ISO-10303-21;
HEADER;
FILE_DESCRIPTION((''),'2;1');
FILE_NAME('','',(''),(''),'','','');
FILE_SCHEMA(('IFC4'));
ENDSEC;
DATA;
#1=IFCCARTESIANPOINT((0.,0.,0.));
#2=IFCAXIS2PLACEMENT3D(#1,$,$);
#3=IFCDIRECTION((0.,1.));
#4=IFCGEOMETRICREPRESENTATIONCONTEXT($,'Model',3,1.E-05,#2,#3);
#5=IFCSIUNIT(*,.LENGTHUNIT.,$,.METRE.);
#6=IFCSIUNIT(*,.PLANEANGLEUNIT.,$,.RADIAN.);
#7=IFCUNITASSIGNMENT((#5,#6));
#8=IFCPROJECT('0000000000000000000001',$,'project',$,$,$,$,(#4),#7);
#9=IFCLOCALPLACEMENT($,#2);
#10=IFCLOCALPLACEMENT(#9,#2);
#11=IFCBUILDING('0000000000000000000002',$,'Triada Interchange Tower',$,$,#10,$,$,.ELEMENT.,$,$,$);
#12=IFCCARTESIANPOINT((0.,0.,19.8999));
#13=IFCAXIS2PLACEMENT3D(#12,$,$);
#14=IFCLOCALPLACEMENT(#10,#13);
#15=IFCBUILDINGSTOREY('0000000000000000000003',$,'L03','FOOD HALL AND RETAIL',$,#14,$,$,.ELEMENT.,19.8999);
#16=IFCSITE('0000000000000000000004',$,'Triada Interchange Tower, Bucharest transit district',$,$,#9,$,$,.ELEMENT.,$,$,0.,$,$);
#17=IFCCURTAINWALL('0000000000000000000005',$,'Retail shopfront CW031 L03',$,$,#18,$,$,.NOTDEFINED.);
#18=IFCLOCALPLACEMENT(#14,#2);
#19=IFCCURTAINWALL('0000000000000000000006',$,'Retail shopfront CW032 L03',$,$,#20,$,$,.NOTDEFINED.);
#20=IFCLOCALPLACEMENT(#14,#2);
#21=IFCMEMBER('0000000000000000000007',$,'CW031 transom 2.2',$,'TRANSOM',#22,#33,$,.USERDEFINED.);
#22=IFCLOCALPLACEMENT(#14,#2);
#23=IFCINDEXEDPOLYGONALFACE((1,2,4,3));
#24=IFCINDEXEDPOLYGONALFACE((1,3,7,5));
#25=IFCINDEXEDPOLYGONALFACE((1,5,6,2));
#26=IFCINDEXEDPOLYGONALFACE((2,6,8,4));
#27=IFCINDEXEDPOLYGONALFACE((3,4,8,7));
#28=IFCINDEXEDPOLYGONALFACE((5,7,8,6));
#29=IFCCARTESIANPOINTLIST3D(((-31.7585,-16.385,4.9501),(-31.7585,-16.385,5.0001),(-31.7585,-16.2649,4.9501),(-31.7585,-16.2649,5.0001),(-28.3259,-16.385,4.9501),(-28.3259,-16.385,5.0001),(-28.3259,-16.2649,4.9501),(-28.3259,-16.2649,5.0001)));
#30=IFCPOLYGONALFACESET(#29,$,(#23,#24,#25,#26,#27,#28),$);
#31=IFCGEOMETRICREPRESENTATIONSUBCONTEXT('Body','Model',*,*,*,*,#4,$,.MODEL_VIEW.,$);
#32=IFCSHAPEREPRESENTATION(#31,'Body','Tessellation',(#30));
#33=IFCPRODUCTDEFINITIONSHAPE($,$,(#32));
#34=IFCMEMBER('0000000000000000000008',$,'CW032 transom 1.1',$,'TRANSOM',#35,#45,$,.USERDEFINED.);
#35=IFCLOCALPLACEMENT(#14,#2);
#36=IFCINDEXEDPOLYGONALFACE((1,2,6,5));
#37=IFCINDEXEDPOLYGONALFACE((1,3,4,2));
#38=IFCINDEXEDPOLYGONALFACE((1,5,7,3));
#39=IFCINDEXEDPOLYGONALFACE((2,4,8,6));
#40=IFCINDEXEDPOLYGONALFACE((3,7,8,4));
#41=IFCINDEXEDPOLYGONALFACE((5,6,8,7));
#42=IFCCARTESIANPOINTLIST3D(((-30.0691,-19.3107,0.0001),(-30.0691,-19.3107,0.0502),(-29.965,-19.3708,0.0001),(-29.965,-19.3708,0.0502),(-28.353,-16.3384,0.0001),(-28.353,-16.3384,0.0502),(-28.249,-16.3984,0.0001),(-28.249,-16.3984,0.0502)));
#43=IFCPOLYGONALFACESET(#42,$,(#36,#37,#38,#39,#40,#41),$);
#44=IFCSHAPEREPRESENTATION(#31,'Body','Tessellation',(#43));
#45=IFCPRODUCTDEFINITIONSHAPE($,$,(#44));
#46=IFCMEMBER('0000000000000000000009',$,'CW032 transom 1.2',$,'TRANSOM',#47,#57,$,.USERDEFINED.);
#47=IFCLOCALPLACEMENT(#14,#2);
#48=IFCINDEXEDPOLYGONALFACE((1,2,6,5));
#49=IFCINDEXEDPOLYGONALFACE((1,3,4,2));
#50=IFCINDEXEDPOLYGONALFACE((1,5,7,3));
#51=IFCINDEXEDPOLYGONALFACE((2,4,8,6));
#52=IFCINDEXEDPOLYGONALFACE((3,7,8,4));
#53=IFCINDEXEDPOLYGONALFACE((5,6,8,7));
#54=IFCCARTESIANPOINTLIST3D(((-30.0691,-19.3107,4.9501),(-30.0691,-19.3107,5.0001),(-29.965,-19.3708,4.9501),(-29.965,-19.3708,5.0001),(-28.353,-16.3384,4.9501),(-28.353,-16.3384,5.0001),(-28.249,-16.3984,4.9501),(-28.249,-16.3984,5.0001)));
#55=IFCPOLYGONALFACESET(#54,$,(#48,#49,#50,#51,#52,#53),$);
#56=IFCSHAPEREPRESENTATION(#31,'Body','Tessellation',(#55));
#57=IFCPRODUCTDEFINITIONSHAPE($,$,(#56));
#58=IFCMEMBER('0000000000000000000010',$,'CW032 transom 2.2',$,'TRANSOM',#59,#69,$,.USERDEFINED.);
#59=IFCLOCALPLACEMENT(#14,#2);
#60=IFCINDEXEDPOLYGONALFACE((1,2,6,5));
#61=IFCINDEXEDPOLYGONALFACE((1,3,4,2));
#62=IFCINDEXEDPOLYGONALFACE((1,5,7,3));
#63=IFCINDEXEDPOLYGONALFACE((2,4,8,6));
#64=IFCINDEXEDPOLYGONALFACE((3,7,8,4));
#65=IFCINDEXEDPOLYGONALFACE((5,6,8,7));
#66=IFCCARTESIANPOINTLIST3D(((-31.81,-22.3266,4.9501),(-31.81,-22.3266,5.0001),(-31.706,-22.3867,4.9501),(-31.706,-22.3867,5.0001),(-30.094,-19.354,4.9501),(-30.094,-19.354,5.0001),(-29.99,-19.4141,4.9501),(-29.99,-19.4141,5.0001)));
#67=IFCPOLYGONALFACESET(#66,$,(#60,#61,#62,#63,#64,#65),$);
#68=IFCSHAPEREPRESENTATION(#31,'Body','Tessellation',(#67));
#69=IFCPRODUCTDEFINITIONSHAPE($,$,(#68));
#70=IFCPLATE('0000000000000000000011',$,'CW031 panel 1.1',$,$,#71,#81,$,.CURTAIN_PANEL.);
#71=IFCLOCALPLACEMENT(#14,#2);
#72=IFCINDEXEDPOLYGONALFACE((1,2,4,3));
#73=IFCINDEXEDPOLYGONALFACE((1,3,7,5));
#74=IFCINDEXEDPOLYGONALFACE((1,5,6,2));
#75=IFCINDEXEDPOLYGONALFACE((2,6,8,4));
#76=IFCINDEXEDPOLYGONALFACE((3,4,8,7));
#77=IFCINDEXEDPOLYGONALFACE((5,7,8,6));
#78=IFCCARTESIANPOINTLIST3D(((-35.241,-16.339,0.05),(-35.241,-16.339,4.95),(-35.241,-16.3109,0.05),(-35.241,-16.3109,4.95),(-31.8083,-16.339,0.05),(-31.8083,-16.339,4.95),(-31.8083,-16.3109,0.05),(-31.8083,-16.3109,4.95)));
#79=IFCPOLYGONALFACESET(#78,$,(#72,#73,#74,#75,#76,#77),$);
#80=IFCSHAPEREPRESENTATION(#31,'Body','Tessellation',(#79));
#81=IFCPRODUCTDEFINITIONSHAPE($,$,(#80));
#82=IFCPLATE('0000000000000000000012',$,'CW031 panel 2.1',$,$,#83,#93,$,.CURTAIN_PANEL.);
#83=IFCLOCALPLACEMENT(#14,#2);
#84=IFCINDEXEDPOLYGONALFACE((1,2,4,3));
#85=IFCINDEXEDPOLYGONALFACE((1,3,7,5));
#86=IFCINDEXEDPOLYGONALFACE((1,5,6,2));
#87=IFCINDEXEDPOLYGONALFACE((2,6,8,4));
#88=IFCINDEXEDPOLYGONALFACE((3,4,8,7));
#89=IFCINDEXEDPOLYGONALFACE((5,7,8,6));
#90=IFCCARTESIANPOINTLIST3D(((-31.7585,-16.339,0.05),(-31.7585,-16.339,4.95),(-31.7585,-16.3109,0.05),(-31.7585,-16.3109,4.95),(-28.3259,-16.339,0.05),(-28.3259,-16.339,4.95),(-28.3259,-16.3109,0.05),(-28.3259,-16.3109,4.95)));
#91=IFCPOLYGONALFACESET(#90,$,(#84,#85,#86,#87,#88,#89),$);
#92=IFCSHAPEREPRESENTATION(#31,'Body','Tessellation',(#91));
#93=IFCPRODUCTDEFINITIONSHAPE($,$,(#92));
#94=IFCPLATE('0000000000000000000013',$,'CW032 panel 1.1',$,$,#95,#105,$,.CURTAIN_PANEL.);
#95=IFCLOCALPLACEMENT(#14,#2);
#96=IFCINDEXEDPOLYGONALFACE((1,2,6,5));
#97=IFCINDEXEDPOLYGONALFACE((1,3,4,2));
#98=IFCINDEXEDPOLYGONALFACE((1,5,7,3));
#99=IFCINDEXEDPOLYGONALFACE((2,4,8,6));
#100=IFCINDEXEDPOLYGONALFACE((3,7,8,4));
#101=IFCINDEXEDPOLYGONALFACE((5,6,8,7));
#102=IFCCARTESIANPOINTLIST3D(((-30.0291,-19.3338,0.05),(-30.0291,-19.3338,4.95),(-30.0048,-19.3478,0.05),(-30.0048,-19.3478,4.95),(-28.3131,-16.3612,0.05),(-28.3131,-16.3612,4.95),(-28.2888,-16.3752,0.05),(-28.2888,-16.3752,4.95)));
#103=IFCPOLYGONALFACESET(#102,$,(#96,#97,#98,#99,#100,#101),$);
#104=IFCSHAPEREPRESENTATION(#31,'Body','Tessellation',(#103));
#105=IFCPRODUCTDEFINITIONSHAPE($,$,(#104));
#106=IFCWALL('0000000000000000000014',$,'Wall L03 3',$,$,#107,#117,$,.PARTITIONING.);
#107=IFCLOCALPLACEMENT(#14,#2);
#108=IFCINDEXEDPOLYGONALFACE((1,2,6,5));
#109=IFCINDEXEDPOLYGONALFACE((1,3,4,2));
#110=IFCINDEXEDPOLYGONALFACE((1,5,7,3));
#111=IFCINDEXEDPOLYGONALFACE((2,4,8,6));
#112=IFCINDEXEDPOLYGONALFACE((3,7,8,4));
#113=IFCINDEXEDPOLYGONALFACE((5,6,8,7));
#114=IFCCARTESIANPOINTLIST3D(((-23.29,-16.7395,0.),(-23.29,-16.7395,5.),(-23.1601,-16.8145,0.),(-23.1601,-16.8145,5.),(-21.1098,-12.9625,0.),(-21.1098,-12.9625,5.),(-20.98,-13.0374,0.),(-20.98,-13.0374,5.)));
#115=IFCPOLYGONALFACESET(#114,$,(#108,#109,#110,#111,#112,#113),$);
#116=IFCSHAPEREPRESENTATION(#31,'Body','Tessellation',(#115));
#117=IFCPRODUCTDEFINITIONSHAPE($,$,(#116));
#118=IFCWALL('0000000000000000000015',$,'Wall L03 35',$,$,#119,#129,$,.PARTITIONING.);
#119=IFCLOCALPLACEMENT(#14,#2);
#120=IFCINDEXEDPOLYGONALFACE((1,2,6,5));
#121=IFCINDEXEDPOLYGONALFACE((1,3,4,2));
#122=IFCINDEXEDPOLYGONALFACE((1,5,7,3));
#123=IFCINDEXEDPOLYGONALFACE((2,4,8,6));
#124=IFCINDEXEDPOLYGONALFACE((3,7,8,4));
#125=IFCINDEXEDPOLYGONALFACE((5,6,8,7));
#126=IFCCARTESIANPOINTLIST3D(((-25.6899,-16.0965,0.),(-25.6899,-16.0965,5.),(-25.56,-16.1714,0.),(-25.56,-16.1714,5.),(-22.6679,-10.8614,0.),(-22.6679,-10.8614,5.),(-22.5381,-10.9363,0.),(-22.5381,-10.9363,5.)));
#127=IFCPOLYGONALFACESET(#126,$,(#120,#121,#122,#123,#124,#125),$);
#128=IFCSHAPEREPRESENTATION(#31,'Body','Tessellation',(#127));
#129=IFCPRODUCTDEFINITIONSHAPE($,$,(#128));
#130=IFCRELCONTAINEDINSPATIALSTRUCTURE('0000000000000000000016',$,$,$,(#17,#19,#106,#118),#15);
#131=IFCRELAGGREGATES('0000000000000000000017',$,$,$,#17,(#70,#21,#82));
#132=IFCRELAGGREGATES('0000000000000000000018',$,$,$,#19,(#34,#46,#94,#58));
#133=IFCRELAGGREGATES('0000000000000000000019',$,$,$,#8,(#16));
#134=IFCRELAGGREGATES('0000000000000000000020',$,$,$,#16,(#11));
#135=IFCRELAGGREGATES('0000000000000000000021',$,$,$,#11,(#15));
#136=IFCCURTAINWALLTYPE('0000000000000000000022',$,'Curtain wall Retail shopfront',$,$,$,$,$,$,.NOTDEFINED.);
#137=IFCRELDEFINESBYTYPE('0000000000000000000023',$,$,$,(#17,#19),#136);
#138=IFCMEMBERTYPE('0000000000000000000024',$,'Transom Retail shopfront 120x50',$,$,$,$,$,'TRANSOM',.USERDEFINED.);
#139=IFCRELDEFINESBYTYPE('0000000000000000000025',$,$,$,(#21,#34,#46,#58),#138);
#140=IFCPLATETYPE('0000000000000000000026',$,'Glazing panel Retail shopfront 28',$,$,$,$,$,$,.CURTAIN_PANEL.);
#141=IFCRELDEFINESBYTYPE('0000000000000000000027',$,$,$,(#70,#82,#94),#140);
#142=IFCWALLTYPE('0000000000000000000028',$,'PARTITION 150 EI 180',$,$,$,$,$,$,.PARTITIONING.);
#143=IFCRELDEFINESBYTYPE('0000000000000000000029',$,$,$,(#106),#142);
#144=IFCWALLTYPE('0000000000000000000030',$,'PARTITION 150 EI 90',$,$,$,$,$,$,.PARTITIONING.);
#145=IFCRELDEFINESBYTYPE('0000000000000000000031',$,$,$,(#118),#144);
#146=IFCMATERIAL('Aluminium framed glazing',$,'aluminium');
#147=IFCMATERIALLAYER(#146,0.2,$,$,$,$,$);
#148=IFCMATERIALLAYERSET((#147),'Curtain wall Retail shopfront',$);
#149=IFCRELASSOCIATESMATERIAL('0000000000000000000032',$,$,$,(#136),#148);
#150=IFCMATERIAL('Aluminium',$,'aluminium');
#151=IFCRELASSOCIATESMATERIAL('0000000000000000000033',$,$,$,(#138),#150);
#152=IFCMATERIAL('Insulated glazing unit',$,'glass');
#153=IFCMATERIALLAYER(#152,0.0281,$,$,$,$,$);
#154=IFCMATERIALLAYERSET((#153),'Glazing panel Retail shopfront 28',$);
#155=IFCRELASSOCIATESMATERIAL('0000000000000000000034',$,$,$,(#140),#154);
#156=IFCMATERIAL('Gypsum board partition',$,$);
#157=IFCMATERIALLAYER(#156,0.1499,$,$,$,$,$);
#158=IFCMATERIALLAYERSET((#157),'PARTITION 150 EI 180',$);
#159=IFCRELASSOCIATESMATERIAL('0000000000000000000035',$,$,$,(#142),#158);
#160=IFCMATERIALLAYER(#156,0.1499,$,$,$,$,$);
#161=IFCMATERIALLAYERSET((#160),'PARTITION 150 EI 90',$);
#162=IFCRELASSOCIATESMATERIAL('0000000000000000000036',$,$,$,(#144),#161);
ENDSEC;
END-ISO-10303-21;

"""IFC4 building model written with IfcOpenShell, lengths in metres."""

from ifc_helpers import new_model, si_unit, direction, frame, frame_2d, origin, origin_2d, place, context, subcontext, project, spatial, rectangle, extrude, material, layer, layer_set, material_profile, profile_set, type_object, element, aggregate, save


model = new_model("IFC4")

# Units and contexts
model_context = context("Model", 3, precision=1e-05, world=origin(), true_north=direction((0.0, 1.0)))
body_context = subcontext(model_context, "Body", "Model", "MODEL_VIEW")
ifc_project = project(units=[si_unit("LENGTHUNIT", "METRE"), si_unit("PLANEANGLEUNIT", "RADIAN")], contexts=[model_context])

# Site, building, storey
site_placement = place(None, origin())
site = spatial("IfcSite", under=ifc_project, at=site_placement, Name="Triada Interchange Tower, Bucharest transit district", CompositionType="ELEMENT", RefElevation=0.0)
building_placement = place(site_placement, origin())
building = spatial("IfcBuilding", under=site, at=building_placement, Name="Triada Interchange Tower", CompositionType="ELEMENT")
storey_placement = place(building_placement, frame((0.0, 0.0, 19.8999)))
storey = spatial("IfcBuildingStorey", under=building, at=storey_placement, Name="L03", Description="FOOD HALL AND RETAIL", CompositionType="ELEMENT", Elevation=19.8999)

# Shared definitions
ifc_material_1 = material(Name="Aluminium framed glazing", Category="aluminium")
ifc_layer_1 = layer(ifc_material_1, 0.2)
ifc_layer_set_1 = layer_set([ifc_layer_1], Name="Curtain wall Retail shopfront")
curtain_wall_type = type_object("IfcCurtainWallType", Name="Curtain wall Retail shopfront", PredefinedType="NOTDEFINED", material=ifc_layer_set_1)
ifc_material_2 = material(Name="Aluminium", Category="aluminium")

# Curtain walls
curtain_wall_1_placement = place(storey_placement, origin())
curtain_wall_1 = element("IfcCurtainWall", 1, at=curtain_wall_1_placement, inside=storey, type_object=curtain_wall_type, Name="Retail shopfront CW031 L03", PredefinedType="NOTDEFINED")
curtain_wall_2_placement = place(storey_placement, origin())
curtain_wall_2 = element("IfcCurtainWall", 2, at=curtain_wall_2_placement, inside=storey, type_object=curtain_wall_type, Name="Retail shopfront CW032 L03", PredefinedType="NOTDEFINED")

# Members
ifc_material_profile_1 = material_profile(ifc_material_2, rectangle(XDim=0.1201, YDim=0.05, at=origin_2d()), Name="Aluminium transom")
ifc_profile_set_1 = profile_set([ifc_material_profile_1], Name="Aluminium")
member_type_1 = type_object("IfcMemberType", Name="Transom Retail shopfront 120x50", ElementType="TRANSOM", PredefinedType="USERDEFINED", material=ifc_profile_set_1)
member_1_placement = place(storey_placement, frame((-31.7585, -16.325, 4.9751), z_axis=(1.0, 0.0, 0.0), x_axis=(0.0, 1.0, 0.0)))
member_1 = element("IfcMember", 3, at=member_1_placement, type_object=member_type_1, Name="CW031 transom 2.2", ObjectType="TRANSOM", PredefinedType="USERDEFINED", context=body_context, shape_type="SweptSolid", body=[
    extrude(rectangle(XDim=0.1201, YDim=0.05, at=origin_2d()), origin(), (0.0, 0.0, 1.0), 3.4326),
])
member_2_placement = place(storey_placement, frame((-28.301, -16.3684, 0.0251), z_axis=(-0.499987, -0.866033, 0.0), x_axis=(0.866033, -0.499987, 0.0)))
member_2 = element("IfcMember", 4, at=member_2_placement, type_object=member_type_1, Name="CW032 transom 1.1", ObjectType="TRANSOM", PredefinedType="USERDEFINED", context=body_context, shape_type="SweptSolid", body=[
    extrude(rectangle(XDim=0.1201, YDim=0.05, at=origin_2d()), origin(), (0.0, 0.0, 1.0), 3.4321),
])
member_3_placement = place(storey_placement, frame((-28.301, -16.3684, 4.9751), z_axis=(-0.499987, -0.866033, 0.0), x_axis=(0.866033, -0.499987, 0.0)))
member_3 = element("IfcMember", 5, at=member_3_placement, type_object=member_type_1, Name="CW032 transom 1.2", ObjectType="TRANSOM", PredefinedType="USERDEFINED", context=body_context, shape_type="SweptSolid", body=[
    extrude(rectangle(XDim=0.1201, YDim=0.05, at=origin_2d()), origin(), (0.0, 0.0, 1.0), 3.4321),
])
member_4_placement = place(storey_placement, frame((-30.042, -19.384, 4.9751), z_axis=(-0.499956, -0.866051, 0.0), x_axis=(0.866051, -0.499956, 0.0)))
member_4 = element("IfcMember", 6, at=member_4_placement, type_object=member_type_1, Name="CW032 transom 2.2", ObjectType="TRANSOM", PredefinedType="USERDEFINED", context=body_context, shape_type="SweptSolid", body=[
    extrude(rectangle(XDim=0.1201, YDim=0.05, at=origin_2d()), origin(), (0.0, 0.0, 1.0), 3.4324),
])

# Plates
ifc_material_3 = material(Name="Insulated glazing unit", Category="glass")
ifc_layer_2 = layer(ifc_material_3, 0.0281)
ifc_layer_set_2 = layer_set([ifc_layer_2], Name="Glazing panel Retail shopfront 28")
plate_type = type_object("IfcPlateType", Name="Glazing panel Retail shopfront 28", PredefinedType="CURTAIN_PANEL", material=ifc_layer_set_2)
plate_1_placement = place(storey_placement, frame((-33.5247, -16.325, 0.05), z_axis=(0.0, 0.0, 1.0), x_axis=(1.0, 0.0, 0.0)))
plate_1 = element("IfcPlate", 7, at=plate_1_placement, type_object=plate_type, Name="CW031 panel 1.1", PredefinedType="CURTAIN_PANEL", context=body_context, shape_type="SweptSolid", body=[
    extrude(rectangle(XDim=3.4326, YDim=0.0281, at=origin_2d()), origin(), (0.0, 0.0, 1.0), 4.8999),
])
plate_2_placement = place(storey_placement, frame((-30.0422, -16.325, 0.05), z_axis=(0.0, 0.0, 1.0), x_axis=(1.0, 0.0, 0.0)))
plate_2 = element("IfcPlate", 8, at=plate_2_placement, type_object=plate_type, Name="CW031 panel 2.1", PredefinedType="CURTAIN_PANEL", context=body_context, shape_type="SweptSolid", body=[
    extrude(rectangle(XDim=3.4326, YDim=0.0281, at=origin_2d()), origin(), (0.0, 0.0, 1.0), 4.8999),
])
aggregate(curtain_wall_1, [plate_1, member_1, plate_2])
plate_3_placement = place(storey_placement, frame((-29.1589, -17.8545, 0.05), z_axis=(0.0, 0.0, 1.0), x_axis=(-0.499957, -0.86605, 0.0)))
plate_3 = element("IfcPlate", 9, at=plate_3_placement, type_object=plate_type, Name="CW032 panel 1.1", PredefinedType="CURTAIN_PANEL", context=body_context, shape_type="SweptSolid", body=[
    extrude(rectangle(XDim=3.4324, YDim=0.0281, at=origin_2d()), origin(), (0.0, 0.0, 1.0), 4.8999),
])
aggregate(curtain_wall_2, [member_2, member_3, plate_3, member_4])

# Walls
ifc_material_4 = material(Name="Gypsum board partition")
ifc_layer_3 = layer(ifc_material_4, 0.1499)
ifc_layer_set_3 = layer_set([ifc_layer_3], Name="PARTITION 150 EI 180")
wall_type_1 = type_object("IfcWallType", Name="PARTITION 150 EI 180", PredefinedType="PARTITIONING", material=ifc_layer_set_3)
wall_1_placement = place(storey_placement, frame((-23.2251, -16.7771, 0.0), z_axis=(0.0, 0.0, 1.0), x_axis=(0.499908, 0.866078, 0.0)))
element("IfcWall", 10, at=wall_1_placement, inside=storey, type_object=wall_type_1, Name="Wall L03 3", PredefinedType="PARTITIONING", context=body_context, shape_type="SweptSolid", body=[
    extrude(rectangle(XDim=4.3611, YDim=0.1499, at=frame_2d((2.1807, 0.0))), origin(), (0.0, 0.0, 1.0), 5.0),
])
ifc_layer_4 = layer(ifc_material_4, 0.1499)
ifc_layer_set_4 = layer_set([ifc_layer_4], Name="PARTITION 150 EI 90")
wall_type_2 = type_object("IfcWallType", Name="PARTITION 150 EI 90", PredefinedType="PARTITIONING", material=ifc_layer_set_4)
wall_2_placement = place(storey_placement, frame((-25.625, -16.134, 0.0), z_axis=(0.0, 0.0, 1.0), x_axis=(0.499936, 0.866063, 0.0)))
element("IfcWall", 11, at=wall_2_placement, inside=storey, type_object=wall_type_2, Name="Wall L03 35", PredefinedType="PARTITIONING", context=body_context, shape_type="SweptSolid", body=[
    extrude(rectangle(XDim=6.0447, YDim=0.1499, at=frame_2d((3.0225, 0.0))), origin(), (0.0, 0.0, 1.0), 5.0),
])

save(model, "model.ifc")
